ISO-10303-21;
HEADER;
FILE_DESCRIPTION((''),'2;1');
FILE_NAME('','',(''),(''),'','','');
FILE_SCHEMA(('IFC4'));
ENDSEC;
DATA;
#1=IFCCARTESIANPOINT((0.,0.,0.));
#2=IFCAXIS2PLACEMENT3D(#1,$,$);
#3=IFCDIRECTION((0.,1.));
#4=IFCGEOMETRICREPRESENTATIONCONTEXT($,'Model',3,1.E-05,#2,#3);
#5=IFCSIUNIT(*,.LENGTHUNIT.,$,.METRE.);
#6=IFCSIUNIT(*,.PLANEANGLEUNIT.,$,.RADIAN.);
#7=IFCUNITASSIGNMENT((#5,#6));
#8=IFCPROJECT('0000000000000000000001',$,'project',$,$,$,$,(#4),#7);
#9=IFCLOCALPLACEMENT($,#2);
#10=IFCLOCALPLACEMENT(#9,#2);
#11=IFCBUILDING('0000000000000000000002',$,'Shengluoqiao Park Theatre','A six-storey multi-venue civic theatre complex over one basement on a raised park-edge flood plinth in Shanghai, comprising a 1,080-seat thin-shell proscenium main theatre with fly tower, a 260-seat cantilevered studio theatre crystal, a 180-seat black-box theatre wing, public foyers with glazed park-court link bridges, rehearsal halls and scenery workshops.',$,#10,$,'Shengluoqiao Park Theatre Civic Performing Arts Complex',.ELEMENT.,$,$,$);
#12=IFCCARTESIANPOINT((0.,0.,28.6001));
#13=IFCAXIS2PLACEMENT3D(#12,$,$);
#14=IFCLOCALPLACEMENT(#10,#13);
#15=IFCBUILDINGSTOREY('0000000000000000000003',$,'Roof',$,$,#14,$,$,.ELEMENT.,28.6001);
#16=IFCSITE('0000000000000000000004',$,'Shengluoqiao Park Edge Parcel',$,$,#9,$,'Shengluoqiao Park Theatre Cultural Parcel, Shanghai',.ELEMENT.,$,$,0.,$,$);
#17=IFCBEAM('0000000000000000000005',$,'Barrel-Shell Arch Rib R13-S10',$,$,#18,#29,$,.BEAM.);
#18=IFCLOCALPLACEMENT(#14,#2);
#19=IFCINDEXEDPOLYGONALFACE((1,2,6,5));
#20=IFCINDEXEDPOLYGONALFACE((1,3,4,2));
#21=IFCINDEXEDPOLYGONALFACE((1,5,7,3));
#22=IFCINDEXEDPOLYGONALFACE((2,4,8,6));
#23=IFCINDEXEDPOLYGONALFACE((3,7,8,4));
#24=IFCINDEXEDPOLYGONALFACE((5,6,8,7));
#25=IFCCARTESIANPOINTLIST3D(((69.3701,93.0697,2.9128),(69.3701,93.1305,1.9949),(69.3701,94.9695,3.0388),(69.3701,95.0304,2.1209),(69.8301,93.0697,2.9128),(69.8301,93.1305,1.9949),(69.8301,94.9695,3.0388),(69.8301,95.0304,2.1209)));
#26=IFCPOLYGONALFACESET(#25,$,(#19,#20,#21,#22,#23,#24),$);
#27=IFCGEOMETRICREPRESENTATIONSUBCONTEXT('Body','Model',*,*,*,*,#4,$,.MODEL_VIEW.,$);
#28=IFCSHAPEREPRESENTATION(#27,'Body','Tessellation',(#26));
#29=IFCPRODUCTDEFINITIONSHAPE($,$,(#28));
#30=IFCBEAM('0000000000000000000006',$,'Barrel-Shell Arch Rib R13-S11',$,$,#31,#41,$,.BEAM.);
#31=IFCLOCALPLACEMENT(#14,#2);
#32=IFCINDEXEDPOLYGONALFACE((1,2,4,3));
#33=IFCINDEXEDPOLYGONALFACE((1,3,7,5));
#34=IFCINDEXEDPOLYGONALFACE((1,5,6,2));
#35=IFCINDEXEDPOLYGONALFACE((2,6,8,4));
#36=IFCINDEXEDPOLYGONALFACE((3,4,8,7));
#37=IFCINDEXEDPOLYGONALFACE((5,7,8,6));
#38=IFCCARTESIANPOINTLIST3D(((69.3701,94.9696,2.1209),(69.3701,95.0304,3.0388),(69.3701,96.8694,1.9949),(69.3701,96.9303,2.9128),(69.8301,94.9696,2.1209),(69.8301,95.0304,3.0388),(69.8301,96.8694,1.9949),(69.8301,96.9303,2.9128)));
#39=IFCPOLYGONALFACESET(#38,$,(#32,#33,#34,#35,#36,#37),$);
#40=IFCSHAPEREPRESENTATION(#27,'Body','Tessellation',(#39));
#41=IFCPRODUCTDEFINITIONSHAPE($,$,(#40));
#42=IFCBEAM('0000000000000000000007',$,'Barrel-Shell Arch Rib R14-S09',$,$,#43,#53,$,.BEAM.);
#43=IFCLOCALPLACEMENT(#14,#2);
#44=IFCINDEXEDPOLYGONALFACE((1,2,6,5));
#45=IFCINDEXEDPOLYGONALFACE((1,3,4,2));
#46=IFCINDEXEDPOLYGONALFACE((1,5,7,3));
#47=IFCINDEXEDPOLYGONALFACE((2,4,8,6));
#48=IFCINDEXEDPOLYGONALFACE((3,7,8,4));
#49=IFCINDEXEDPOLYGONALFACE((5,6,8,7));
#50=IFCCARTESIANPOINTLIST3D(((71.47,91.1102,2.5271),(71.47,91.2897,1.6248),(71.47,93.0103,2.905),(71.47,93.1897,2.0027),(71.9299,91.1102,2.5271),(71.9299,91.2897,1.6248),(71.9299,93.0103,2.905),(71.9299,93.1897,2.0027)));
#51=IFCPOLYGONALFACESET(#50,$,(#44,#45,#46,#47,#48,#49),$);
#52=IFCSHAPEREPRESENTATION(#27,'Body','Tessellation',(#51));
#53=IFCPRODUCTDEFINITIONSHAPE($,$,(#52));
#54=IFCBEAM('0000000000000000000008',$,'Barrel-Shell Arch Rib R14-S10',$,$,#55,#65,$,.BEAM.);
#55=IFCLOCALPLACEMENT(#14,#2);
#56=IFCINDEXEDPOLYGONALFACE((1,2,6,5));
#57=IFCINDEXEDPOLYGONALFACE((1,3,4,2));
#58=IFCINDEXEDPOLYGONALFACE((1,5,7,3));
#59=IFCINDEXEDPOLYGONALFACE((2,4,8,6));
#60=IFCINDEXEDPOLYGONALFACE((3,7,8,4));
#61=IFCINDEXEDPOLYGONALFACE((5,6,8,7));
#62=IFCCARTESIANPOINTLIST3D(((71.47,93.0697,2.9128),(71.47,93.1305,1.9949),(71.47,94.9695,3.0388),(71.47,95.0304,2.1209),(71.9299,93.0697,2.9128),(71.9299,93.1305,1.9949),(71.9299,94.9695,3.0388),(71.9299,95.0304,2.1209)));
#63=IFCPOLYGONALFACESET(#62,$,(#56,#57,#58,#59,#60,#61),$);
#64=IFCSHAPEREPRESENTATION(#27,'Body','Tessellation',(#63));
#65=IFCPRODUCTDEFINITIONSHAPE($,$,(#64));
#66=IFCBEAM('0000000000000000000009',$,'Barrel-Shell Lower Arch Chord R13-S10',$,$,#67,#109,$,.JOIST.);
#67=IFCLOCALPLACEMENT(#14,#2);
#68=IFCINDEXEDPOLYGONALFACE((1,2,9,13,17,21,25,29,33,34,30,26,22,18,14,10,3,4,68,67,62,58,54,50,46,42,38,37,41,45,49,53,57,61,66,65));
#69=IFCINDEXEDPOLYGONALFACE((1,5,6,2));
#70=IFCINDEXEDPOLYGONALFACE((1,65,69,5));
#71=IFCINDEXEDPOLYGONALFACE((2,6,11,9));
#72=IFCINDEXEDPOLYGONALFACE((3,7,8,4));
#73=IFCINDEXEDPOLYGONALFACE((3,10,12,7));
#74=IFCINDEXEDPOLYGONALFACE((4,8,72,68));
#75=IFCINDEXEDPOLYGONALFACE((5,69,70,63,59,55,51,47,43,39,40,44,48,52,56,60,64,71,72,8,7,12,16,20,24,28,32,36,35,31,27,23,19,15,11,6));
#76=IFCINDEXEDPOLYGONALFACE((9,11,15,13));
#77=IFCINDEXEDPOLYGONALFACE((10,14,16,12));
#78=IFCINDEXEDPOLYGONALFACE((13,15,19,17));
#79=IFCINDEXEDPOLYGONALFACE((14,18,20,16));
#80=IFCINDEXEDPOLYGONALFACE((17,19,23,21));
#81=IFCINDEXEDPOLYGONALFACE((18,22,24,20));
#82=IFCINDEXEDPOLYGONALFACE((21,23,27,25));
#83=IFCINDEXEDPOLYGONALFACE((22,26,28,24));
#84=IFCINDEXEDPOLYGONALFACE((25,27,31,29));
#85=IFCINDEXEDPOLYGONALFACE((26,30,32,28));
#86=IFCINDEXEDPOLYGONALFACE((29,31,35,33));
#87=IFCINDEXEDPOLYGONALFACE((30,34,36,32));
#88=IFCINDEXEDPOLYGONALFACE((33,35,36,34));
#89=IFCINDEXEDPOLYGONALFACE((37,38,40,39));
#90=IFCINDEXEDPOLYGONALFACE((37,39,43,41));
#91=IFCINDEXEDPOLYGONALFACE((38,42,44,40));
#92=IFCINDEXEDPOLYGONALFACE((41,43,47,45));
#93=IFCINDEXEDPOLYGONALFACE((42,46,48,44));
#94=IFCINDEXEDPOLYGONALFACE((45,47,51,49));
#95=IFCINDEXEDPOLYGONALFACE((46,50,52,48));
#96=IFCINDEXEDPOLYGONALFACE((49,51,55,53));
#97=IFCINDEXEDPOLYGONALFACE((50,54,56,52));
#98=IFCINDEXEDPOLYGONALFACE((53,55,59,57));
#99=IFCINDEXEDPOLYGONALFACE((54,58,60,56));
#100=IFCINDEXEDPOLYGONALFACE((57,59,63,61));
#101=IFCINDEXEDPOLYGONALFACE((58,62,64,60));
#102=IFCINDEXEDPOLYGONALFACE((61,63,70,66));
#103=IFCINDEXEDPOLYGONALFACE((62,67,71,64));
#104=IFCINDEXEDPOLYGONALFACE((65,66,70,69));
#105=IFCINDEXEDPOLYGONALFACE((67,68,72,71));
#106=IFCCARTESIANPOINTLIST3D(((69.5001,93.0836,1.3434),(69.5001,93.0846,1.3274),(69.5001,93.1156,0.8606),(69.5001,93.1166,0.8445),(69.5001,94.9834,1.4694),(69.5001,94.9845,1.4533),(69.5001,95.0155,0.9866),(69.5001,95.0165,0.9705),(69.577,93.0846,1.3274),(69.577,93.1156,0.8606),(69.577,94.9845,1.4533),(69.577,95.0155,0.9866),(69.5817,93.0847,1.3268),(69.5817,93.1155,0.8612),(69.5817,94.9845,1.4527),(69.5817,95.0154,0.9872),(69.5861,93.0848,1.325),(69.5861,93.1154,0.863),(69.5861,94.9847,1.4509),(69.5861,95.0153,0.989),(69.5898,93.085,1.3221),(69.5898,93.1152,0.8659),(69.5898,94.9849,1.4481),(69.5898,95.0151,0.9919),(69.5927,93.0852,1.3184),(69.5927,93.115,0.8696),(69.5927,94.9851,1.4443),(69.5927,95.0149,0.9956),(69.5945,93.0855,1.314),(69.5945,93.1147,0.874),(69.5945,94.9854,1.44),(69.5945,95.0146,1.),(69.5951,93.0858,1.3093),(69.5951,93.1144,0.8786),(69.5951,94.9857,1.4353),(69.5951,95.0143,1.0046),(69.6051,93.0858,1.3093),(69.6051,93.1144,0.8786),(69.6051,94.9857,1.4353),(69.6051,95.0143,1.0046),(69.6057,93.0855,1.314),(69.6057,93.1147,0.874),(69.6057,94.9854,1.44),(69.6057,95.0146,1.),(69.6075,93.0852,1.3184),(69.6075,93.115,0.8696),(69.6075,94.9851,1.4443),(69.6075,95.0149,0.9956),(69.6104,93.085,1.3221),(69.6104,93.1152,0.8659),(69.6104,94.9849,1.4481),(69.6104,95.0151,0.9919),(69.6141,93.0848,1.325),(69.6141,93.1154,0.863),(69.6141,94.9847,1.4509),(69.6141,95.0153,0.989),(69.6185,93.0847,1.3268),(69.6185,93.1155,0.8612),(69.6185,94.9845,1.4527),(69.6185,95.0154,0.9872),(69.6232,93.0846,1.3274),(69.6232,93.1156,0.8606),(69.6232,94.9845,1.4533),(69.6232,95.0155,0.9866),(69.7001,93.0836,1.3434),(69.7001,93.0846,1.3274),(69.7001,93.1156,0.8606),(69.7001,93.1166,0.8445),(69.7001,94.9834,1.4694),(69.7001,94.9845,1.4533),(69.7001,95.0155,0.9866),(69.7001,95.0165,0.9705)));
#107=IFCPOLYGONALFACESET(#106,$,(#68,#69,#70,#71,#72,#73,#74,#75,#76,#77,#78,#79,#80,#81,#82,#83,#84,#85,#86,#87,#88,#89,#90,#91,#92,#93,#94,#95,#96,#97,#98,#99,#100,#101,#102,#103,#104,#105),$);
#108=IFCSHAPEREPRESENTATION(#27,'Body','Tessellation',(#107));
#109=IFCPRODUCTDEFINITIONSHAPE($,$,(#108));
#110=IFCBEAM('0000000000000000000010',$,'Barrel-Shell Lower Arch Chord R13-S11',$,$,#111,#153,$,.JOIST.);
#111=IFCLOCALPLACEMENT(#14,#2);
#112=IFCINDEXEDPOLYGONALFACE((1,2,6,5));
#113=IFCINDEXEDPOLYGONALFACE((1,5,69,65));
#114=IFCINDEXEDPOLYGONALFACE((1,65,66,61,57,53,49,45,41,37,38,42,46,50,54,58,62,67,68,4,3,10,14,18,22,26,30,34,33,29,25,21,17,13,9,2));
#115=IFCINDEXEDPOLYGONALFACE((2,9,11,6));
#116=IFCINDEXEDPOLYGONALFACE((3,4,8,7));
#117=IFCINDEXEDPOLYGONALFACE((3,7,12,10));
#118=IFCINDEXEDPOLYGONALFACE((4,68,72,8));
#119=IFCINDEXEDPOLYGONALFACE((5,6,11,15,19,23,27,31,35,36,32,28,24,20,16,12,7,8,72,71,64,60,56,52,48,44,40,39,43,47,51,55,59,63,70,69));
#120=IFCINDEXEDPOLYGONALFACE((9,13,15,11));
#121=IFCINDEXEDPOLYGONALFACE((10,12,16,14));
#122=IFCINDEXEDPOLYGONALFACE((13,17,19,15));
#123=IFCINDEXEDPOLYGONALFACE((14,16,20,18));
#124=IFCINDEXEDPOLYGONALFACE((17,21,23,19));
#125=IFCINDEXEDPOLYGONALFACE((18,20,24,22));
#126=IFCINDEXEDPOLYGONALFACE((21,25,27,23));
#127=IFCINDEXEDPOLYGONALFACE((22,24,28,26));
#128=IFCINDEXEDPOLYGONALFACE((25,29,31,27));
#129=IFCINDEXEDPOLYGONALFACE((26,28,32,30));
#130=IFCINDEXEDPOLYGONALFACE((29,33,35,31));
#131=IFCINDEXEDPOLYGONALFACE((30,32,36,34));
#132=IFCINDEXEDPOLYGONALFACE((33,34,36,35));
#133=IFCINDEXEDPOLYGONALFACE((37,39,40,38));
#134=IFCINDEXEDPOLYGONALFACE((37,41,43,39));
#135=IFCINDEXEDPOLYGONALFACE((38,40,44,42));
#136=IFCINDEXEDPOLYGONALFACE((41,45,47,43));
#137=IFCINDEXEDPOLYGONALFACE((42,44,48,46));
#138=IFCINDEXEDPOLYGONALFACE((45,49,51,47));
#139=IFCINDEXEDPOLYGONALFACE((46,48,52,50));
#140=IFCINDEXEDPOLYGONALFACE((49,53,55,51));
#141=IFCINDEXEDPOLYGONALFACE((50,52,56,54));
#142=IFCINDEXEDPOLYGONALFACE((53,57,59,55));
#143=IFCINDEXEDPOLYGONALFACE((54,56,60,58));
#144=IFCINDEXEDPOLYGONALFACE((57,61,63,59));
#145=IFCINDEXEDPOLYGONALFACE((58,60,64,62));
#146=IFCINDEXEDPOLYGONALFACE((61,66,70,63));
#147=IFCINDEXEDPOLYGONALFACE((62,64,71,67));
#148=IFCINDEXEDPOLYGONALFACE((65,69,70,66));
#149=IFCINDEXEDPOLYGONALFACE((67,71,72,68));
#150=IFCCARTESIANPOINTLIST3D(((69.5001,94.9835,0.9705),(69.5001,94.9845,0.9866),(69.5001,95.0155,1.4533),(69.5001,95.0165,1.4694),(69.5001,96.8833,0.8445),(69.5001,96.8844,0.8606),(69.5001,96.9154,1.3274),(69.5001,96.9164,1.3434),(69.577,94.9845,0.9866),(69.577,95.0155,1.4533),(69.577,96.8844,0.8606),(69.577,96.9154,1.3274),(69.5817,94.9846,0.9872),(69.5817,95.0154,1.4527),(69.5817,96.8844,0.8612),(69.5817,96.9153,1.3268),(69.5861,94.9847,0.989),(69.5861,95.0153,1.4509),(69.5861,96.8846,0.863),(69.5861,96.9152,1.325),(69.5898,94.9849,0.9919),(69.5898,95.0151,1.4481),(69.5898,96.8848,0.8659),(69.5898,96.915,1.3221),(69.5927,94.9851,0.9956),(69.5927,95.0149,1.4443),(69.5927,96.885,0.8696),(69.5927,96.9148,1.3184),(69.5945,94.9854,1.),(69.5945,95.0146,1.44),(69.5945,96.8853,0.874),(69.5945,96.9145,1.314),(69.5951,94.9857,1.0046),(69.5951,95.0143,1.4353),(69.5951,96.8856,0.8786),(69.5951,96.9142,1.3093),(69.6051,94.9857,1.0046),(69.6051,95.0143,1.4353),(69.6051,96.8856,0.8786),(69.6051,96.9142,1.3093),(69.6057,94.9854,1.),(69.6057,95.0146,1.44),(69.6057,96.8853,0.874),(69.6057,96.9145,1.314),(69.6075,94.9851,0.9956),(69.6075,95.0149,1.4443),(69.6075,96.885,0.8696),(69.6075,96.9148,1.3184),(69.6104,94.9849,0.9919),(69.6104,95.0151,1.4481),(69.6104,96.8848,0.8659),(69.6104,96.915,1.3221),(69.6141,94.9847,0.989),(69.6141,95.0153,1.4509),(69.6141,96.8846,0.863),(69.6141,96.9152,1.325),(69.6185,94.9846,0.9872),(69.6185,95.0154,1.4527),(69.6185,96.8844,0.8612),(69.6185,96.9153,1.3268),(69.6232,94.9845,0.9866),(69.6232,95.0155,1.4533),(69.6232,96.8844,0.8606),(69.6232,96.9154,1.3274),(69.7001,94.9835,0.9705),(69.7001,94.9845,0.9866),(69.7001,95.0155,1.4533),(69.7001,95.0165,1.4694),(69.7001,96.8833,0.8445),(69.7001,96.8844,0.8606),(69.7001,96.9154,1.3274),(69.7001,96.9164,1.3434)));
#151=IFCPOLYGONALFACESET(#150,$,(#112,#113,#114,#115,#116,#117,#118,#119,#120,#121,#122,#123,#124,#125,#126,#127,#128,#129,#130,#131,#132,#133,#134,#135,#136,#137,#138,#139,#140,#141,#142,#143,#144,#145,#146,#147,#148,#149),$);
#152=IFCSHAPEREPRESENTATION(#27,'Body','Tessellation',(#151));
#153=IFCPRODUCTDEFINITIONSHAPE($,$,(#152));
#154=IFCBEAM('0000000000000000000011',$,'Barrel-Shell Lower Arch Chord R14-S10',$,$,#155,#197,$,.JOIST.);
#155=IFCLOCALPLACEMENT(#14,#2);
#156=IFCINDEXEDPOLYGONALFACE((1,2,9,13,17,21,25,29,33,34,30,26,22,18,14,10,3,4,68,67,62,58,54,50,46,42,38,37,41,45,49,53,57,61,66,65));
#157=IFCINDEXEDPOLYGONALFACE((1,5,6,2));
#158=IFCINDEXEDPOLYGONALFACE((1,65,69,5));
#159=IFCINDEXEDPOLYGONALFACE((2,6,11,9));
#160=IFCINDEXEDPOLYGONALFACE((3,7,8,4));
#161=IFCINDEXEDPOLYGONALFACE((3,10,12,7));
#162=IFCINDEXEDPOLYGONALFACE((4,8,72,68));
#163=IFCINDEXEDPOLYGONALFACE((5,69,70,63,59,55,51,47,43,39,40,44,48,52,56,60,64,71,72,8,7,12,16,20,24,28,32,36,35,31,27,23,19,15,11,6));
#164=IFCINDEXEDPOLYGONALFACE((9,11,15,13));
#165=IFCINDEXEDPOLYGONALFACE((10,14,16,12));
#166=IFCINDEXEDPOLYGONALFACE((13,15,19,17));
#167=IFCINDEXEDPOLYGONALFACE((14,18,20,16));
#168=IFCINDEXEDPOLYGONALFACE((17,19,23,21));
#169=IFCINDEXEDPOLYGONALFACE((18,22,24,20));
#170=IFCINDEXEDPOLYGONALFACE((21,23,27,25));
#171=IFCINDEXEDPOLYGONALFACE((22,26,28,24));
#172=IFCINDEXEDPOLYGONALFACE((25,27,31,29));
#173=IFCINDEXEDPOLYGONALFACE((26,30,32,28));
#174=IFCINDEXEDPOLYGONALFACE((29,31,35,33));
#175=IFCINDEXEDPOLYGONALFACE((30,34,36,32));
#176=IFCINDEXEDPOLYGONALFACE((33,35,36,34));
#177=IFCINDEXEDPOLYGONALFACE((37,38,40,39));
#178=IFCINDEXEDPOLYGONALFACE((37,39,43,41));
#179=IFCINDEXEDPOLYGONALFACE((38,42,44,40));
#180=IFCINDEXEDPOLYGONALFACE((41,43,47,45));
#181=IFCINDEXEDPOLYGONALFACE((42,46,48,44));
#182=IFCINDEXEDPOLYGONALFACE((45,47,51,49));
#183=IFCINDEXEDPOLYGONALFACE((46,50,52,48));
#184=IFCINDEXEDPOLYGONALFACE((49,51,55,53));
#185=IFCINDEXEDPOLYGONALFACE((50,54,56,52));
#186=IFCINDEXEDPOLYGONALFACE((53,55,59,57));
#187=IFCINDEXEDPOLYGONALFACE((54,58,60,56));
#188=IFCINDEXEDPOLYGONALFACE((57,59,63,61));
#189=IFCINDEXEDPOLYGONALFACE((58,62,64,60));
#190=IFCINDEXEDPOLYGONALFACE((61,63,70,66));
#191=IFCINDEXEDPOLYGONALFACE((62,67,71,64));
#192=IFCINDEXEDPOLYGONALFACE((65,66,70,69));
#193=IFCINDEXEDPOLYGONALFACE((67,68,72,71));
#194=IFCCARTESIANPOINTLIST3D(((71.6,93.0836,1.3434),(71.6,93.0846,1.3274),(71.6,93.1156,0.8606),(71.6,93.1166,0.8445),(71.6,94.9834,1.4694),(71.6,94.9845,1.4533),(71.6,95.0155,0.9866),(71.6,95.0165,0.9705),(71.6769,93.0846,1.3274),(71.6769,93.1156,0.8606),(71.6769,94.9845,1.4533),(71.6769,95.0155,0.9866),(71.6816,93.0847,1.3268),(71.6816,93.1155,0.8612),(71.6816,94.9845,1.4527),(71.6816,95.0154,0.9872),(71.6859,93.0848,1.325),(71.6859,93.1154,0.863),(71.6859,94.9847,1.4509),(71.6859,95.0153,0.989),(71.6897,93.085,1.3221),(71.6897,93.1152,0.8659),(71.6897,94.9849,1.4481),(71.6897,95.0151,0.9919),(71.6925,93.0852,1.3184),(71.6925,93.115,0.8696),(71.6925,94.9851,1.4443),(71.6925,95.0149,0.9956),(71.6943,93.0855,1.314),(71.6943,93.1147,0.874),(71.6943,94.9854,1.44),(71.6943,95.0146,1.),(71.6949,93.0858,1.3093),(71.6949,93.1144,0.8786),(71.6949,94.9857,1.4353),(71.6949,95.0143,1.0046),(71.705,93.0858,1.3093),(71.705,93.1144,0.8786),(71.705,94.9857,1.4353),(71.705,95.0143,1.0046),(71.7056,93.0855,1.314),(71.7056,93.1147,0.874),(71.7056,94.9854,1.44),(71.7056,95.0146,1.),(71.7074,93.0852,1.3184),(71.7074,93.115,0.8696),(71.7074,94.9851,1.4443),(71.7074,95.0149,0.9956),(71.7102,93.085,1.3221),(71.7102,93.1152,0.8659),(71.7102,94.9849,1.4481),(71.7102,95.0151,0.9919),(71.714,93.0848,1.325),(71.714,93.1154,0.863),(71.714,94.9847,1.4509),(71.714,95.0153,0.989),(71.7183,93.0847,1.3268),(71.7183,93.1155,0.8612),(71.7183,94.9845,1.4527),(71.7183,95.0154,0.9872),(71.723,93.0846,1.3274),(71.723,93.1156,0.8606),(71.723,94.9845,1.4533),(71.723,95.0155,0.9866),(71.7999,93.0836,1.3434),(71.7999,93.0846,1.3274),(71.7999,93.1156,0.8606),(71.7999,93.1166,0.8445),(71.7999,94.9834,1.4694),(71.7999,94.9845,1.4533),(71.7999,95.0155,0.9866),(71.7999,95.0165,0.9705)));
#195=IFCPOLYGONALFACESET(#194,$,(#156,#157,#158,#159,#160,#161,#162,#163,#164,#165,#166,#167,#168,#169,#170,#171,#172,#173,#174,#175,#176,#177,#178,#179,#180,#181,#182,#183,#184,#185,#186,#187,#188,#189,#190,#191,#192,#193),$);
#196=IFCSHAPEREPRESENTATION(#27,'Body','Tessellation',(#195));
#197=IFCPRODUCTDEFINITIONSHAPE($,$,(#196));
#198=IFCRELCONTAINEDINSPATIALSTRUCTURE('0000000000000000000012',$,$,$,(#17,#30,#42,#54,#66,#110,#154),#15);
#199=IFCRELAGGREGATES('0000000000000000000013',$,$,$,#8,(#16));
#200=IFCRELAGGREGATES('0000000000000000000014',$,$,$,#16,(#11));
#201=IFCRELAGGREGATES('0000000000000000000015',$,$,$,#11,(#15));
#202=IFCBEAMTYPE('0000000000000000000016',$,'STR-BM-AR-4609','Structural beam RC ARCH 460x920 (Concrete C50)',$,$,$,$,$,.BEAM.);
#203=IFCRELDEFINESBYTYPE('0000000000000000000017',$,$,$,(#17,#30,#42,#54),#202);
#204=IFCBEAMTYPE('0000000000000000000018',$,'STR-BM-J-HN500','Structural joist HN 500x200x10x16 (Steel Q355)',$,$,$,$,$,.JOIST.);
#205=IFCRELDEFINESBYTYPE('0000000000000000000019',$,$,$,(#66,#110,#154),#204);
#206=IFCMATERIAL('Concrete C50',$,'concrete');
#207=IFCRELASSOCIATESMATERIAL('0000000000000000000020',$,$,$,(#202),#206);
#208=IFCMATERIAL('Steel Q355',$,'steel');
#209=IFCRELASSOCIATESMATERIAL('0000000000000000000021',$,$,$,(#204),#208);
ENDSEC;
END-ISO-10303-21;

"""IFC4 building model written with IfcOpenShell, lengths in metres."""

from ifc_helpers import new_model, si_unit, direction, frame, origin, origin_2d, place, context, subcontext, project, spatial, rectangle, i_section, extrude, material, material_profile, profile_set, type_object, element, save


model = new_model("IFC4")

# Units and contexts
model_context = context("Model", 3, precision=1e-05, world=origin(), true_north=direction((0.0, 1.0)))
body_context = subcontext(model_context, "Body", "Model", "MODEL_VIEW")
ifc_project = project(units=[si_unit("LENGTHUNIT", "METRE"), si_unit("PLANEANGLEUNIT", "RADIAN")], contexts=[model_context])

# Site, building, storey
site_placement = place(None, origin())
site = spatial("IfcSite", under=ifc_project, at=site_placement, Name="Shengluoqiao Park Edge Parcel", LongName="Shengluoqiao Park Theatre Cultural Parcel, Shanghai", CompositionType="ELEMENT", RefElevation=0.0)
building_placement = place(site_placement, origin())
building = spatial("IfcBuilding", under=site, at=building_placement, Name="Shengluoqiao Park Theatre", Description="A six-storey multi-venue civic theatre complex over one basement on a raised park-edge flood plinth in Shanghai, comprising a 1,080-seat thin-shell proscenium main theatre with fly tower, a 260-seat cantilevered studio theatre crystal, a 180-seat black-box theatre wing, public foyers with glazed park-court link bridges, rehearsal halls and scenery workshops.", LongName="Shengluoqiao Park Theatre Civic Performing Arts Complex", CompositionType="ELEMENT")
storey_placement = place(building_placement, frame((0.0, 0.0, 28.6001)))
storey = spatial("IfcBuildingStorey", under=building, at=storey_placement, Name="Roof", CompositionType="ELEMENT", Elevation=28.6001)

# Beams
ifc_material_1 = material(Name="Concrete C50", Category="concrete")
ifc_material_profile_1 = material_profile(ifc_material_1, rectangle(XDim=0.46, YDim=0.9199, at=origin_2d()), Name="RC ARCH 460x920")
ifc_profile_set_1 = profile_set([ifc_material_profile_1], Name="Concrete C50")
beam_type_1 = type_object("IfcBeamType", Name="STR-BM-AR-4609", Description="Structural beam RC ARCH 460x920 (Concrete C50)", PredefinedType="BEAM", material=ifc_profile_set_1)
for number, where, z_axis, x_axis, name in (
    (1, (69.6001, 93.1001, 2.4539), (0.0, 0.997809, 0.066162), (-1.0, 0.0, 0.0), "Barrel-Shell Arch Rib R13-S10"),
    (2, (69.6001, 95.0, 2.5798), (0.0, 0.997809, -0.066162), (-1.0, 0.0, 0.0), "Barrel-Shell Arch Rib R13-S11"),
):
    element("IfcBeam", number, at=place(storey_placement, frame(where, z_axis=z_axis, x_axis=x_axis)), inside=storey, type_object=beam_type_1, Name=name, PredefinedType="BEAM", context=body_context, shape_type="SweptSolid", body=[
        extrude(rectangle(XDim=0.46, YDim=0.9199, at=origin_2d()), origin(), (0.0, 0.0, 1.0), 1.9041),
    ])
beam_1_placement = place(storey_placement, frame((71.7, 91.2, 2.0759), z_axis=(0.0, 0.980789, 0.195074), x_axis=(-1.0, 0.0, 0.0)))
element("IfcBeam", 3, at=beam_1_placement, inside=storey, type_object=beam_type_1, Name="Barrel-Shell Arch Rib R14-S09", PredefinedType="BEAM", context=body_context, shape_type="SweptSolid", body=[
    extrude(rectangle(XDim=0.46, YDim=0.9199, at=origin_2d()), origin(), (0.0, 0.0, 1.0), 1.9373),
])
beam_2_placement = place(storey_placement, frame((71.7, 93.1001, 2.4539), z_axis=(0.0, 0.997809, 0.066162), x_axis=(-1.0, 0.0, 0.0)))
element("IfcBeam", 4, at=beam_2_placement, inside=storey, type_object=beam_type_1, Name="Barrel-Shell Arch Rib R14-S10", PredefinedType="BEAM", context=body_context, shape_type="SweptSolid", body=[
    extrude(rectangle(XDim=0.46, YDim=0.9199, at=origin_2d()), origin(), (0.0, 0.0, 1.0), 1.9041),
])
ifc_material_2 = material(Name="Steel Q355", Category="steel")
ifc_material_profile_2 = material_profile(ifc_material_2, i_section(OverallWidth=0.2, OverallDepth=0.5, WebThickness=0.01, FlangeThickness=0.0161, FilletRadius=0.0181, at=origin_2d()), Name="HN 500x200x10x16")
ifc_profile_set_2 = profile_set([ifc_material_profile_2], Name="Steel Q355")
beam_type_2 = type_object("IfcBeamType", Name="STR-BM-J-HN500", Description="Structural joist HN 500x200x10x16 (Steel Q355)", PredefinedType="JOIST", material=ifc_profile_set_2)
for number, where, z_axis, x_axis, name in (
    (5, (69.6001, 93.1001, 1.094), (0.0, 0.997809, 0.066162), (-1.0, 0.0, 0.0), "Barrel-Shell Lower Arch Chord R13-S10"),
    (6, (69.6001, 95.0, 1.22), (0.0, 0.997809, -0.066162), (-1.0, 0.0, 0.0), "Barrel-Shell Lower Arch Chord R13-S11"),
    (7, (71.7, 93.1001, 1.094), (0.0, 0.997809, 0.066162), (-1.0, 0.0, 0.0), "Barrel-Shell Lower Arch Chord R14-S10"),
):
    element("IfcBeam", number, at=place(storey_placement, frame(where, z_axis=z_axis, x_axis=x_axis)), inside=storey, type_object=beam_type_2, Name=name, PredefinedType="JOIST", context=body_context, shape_type="SweptSolid", body=[
        extrude(i_section(OverallWidth=0.2, OverallDepth=0.5, WebThickness=0.01, FlangeThickness=0.0161, FilletRadius=0.0181, at=origin_2d()), origin(), (0.0, 0.0, 1.0), 1.9041),
    ])

save(model, "model.ifc")
